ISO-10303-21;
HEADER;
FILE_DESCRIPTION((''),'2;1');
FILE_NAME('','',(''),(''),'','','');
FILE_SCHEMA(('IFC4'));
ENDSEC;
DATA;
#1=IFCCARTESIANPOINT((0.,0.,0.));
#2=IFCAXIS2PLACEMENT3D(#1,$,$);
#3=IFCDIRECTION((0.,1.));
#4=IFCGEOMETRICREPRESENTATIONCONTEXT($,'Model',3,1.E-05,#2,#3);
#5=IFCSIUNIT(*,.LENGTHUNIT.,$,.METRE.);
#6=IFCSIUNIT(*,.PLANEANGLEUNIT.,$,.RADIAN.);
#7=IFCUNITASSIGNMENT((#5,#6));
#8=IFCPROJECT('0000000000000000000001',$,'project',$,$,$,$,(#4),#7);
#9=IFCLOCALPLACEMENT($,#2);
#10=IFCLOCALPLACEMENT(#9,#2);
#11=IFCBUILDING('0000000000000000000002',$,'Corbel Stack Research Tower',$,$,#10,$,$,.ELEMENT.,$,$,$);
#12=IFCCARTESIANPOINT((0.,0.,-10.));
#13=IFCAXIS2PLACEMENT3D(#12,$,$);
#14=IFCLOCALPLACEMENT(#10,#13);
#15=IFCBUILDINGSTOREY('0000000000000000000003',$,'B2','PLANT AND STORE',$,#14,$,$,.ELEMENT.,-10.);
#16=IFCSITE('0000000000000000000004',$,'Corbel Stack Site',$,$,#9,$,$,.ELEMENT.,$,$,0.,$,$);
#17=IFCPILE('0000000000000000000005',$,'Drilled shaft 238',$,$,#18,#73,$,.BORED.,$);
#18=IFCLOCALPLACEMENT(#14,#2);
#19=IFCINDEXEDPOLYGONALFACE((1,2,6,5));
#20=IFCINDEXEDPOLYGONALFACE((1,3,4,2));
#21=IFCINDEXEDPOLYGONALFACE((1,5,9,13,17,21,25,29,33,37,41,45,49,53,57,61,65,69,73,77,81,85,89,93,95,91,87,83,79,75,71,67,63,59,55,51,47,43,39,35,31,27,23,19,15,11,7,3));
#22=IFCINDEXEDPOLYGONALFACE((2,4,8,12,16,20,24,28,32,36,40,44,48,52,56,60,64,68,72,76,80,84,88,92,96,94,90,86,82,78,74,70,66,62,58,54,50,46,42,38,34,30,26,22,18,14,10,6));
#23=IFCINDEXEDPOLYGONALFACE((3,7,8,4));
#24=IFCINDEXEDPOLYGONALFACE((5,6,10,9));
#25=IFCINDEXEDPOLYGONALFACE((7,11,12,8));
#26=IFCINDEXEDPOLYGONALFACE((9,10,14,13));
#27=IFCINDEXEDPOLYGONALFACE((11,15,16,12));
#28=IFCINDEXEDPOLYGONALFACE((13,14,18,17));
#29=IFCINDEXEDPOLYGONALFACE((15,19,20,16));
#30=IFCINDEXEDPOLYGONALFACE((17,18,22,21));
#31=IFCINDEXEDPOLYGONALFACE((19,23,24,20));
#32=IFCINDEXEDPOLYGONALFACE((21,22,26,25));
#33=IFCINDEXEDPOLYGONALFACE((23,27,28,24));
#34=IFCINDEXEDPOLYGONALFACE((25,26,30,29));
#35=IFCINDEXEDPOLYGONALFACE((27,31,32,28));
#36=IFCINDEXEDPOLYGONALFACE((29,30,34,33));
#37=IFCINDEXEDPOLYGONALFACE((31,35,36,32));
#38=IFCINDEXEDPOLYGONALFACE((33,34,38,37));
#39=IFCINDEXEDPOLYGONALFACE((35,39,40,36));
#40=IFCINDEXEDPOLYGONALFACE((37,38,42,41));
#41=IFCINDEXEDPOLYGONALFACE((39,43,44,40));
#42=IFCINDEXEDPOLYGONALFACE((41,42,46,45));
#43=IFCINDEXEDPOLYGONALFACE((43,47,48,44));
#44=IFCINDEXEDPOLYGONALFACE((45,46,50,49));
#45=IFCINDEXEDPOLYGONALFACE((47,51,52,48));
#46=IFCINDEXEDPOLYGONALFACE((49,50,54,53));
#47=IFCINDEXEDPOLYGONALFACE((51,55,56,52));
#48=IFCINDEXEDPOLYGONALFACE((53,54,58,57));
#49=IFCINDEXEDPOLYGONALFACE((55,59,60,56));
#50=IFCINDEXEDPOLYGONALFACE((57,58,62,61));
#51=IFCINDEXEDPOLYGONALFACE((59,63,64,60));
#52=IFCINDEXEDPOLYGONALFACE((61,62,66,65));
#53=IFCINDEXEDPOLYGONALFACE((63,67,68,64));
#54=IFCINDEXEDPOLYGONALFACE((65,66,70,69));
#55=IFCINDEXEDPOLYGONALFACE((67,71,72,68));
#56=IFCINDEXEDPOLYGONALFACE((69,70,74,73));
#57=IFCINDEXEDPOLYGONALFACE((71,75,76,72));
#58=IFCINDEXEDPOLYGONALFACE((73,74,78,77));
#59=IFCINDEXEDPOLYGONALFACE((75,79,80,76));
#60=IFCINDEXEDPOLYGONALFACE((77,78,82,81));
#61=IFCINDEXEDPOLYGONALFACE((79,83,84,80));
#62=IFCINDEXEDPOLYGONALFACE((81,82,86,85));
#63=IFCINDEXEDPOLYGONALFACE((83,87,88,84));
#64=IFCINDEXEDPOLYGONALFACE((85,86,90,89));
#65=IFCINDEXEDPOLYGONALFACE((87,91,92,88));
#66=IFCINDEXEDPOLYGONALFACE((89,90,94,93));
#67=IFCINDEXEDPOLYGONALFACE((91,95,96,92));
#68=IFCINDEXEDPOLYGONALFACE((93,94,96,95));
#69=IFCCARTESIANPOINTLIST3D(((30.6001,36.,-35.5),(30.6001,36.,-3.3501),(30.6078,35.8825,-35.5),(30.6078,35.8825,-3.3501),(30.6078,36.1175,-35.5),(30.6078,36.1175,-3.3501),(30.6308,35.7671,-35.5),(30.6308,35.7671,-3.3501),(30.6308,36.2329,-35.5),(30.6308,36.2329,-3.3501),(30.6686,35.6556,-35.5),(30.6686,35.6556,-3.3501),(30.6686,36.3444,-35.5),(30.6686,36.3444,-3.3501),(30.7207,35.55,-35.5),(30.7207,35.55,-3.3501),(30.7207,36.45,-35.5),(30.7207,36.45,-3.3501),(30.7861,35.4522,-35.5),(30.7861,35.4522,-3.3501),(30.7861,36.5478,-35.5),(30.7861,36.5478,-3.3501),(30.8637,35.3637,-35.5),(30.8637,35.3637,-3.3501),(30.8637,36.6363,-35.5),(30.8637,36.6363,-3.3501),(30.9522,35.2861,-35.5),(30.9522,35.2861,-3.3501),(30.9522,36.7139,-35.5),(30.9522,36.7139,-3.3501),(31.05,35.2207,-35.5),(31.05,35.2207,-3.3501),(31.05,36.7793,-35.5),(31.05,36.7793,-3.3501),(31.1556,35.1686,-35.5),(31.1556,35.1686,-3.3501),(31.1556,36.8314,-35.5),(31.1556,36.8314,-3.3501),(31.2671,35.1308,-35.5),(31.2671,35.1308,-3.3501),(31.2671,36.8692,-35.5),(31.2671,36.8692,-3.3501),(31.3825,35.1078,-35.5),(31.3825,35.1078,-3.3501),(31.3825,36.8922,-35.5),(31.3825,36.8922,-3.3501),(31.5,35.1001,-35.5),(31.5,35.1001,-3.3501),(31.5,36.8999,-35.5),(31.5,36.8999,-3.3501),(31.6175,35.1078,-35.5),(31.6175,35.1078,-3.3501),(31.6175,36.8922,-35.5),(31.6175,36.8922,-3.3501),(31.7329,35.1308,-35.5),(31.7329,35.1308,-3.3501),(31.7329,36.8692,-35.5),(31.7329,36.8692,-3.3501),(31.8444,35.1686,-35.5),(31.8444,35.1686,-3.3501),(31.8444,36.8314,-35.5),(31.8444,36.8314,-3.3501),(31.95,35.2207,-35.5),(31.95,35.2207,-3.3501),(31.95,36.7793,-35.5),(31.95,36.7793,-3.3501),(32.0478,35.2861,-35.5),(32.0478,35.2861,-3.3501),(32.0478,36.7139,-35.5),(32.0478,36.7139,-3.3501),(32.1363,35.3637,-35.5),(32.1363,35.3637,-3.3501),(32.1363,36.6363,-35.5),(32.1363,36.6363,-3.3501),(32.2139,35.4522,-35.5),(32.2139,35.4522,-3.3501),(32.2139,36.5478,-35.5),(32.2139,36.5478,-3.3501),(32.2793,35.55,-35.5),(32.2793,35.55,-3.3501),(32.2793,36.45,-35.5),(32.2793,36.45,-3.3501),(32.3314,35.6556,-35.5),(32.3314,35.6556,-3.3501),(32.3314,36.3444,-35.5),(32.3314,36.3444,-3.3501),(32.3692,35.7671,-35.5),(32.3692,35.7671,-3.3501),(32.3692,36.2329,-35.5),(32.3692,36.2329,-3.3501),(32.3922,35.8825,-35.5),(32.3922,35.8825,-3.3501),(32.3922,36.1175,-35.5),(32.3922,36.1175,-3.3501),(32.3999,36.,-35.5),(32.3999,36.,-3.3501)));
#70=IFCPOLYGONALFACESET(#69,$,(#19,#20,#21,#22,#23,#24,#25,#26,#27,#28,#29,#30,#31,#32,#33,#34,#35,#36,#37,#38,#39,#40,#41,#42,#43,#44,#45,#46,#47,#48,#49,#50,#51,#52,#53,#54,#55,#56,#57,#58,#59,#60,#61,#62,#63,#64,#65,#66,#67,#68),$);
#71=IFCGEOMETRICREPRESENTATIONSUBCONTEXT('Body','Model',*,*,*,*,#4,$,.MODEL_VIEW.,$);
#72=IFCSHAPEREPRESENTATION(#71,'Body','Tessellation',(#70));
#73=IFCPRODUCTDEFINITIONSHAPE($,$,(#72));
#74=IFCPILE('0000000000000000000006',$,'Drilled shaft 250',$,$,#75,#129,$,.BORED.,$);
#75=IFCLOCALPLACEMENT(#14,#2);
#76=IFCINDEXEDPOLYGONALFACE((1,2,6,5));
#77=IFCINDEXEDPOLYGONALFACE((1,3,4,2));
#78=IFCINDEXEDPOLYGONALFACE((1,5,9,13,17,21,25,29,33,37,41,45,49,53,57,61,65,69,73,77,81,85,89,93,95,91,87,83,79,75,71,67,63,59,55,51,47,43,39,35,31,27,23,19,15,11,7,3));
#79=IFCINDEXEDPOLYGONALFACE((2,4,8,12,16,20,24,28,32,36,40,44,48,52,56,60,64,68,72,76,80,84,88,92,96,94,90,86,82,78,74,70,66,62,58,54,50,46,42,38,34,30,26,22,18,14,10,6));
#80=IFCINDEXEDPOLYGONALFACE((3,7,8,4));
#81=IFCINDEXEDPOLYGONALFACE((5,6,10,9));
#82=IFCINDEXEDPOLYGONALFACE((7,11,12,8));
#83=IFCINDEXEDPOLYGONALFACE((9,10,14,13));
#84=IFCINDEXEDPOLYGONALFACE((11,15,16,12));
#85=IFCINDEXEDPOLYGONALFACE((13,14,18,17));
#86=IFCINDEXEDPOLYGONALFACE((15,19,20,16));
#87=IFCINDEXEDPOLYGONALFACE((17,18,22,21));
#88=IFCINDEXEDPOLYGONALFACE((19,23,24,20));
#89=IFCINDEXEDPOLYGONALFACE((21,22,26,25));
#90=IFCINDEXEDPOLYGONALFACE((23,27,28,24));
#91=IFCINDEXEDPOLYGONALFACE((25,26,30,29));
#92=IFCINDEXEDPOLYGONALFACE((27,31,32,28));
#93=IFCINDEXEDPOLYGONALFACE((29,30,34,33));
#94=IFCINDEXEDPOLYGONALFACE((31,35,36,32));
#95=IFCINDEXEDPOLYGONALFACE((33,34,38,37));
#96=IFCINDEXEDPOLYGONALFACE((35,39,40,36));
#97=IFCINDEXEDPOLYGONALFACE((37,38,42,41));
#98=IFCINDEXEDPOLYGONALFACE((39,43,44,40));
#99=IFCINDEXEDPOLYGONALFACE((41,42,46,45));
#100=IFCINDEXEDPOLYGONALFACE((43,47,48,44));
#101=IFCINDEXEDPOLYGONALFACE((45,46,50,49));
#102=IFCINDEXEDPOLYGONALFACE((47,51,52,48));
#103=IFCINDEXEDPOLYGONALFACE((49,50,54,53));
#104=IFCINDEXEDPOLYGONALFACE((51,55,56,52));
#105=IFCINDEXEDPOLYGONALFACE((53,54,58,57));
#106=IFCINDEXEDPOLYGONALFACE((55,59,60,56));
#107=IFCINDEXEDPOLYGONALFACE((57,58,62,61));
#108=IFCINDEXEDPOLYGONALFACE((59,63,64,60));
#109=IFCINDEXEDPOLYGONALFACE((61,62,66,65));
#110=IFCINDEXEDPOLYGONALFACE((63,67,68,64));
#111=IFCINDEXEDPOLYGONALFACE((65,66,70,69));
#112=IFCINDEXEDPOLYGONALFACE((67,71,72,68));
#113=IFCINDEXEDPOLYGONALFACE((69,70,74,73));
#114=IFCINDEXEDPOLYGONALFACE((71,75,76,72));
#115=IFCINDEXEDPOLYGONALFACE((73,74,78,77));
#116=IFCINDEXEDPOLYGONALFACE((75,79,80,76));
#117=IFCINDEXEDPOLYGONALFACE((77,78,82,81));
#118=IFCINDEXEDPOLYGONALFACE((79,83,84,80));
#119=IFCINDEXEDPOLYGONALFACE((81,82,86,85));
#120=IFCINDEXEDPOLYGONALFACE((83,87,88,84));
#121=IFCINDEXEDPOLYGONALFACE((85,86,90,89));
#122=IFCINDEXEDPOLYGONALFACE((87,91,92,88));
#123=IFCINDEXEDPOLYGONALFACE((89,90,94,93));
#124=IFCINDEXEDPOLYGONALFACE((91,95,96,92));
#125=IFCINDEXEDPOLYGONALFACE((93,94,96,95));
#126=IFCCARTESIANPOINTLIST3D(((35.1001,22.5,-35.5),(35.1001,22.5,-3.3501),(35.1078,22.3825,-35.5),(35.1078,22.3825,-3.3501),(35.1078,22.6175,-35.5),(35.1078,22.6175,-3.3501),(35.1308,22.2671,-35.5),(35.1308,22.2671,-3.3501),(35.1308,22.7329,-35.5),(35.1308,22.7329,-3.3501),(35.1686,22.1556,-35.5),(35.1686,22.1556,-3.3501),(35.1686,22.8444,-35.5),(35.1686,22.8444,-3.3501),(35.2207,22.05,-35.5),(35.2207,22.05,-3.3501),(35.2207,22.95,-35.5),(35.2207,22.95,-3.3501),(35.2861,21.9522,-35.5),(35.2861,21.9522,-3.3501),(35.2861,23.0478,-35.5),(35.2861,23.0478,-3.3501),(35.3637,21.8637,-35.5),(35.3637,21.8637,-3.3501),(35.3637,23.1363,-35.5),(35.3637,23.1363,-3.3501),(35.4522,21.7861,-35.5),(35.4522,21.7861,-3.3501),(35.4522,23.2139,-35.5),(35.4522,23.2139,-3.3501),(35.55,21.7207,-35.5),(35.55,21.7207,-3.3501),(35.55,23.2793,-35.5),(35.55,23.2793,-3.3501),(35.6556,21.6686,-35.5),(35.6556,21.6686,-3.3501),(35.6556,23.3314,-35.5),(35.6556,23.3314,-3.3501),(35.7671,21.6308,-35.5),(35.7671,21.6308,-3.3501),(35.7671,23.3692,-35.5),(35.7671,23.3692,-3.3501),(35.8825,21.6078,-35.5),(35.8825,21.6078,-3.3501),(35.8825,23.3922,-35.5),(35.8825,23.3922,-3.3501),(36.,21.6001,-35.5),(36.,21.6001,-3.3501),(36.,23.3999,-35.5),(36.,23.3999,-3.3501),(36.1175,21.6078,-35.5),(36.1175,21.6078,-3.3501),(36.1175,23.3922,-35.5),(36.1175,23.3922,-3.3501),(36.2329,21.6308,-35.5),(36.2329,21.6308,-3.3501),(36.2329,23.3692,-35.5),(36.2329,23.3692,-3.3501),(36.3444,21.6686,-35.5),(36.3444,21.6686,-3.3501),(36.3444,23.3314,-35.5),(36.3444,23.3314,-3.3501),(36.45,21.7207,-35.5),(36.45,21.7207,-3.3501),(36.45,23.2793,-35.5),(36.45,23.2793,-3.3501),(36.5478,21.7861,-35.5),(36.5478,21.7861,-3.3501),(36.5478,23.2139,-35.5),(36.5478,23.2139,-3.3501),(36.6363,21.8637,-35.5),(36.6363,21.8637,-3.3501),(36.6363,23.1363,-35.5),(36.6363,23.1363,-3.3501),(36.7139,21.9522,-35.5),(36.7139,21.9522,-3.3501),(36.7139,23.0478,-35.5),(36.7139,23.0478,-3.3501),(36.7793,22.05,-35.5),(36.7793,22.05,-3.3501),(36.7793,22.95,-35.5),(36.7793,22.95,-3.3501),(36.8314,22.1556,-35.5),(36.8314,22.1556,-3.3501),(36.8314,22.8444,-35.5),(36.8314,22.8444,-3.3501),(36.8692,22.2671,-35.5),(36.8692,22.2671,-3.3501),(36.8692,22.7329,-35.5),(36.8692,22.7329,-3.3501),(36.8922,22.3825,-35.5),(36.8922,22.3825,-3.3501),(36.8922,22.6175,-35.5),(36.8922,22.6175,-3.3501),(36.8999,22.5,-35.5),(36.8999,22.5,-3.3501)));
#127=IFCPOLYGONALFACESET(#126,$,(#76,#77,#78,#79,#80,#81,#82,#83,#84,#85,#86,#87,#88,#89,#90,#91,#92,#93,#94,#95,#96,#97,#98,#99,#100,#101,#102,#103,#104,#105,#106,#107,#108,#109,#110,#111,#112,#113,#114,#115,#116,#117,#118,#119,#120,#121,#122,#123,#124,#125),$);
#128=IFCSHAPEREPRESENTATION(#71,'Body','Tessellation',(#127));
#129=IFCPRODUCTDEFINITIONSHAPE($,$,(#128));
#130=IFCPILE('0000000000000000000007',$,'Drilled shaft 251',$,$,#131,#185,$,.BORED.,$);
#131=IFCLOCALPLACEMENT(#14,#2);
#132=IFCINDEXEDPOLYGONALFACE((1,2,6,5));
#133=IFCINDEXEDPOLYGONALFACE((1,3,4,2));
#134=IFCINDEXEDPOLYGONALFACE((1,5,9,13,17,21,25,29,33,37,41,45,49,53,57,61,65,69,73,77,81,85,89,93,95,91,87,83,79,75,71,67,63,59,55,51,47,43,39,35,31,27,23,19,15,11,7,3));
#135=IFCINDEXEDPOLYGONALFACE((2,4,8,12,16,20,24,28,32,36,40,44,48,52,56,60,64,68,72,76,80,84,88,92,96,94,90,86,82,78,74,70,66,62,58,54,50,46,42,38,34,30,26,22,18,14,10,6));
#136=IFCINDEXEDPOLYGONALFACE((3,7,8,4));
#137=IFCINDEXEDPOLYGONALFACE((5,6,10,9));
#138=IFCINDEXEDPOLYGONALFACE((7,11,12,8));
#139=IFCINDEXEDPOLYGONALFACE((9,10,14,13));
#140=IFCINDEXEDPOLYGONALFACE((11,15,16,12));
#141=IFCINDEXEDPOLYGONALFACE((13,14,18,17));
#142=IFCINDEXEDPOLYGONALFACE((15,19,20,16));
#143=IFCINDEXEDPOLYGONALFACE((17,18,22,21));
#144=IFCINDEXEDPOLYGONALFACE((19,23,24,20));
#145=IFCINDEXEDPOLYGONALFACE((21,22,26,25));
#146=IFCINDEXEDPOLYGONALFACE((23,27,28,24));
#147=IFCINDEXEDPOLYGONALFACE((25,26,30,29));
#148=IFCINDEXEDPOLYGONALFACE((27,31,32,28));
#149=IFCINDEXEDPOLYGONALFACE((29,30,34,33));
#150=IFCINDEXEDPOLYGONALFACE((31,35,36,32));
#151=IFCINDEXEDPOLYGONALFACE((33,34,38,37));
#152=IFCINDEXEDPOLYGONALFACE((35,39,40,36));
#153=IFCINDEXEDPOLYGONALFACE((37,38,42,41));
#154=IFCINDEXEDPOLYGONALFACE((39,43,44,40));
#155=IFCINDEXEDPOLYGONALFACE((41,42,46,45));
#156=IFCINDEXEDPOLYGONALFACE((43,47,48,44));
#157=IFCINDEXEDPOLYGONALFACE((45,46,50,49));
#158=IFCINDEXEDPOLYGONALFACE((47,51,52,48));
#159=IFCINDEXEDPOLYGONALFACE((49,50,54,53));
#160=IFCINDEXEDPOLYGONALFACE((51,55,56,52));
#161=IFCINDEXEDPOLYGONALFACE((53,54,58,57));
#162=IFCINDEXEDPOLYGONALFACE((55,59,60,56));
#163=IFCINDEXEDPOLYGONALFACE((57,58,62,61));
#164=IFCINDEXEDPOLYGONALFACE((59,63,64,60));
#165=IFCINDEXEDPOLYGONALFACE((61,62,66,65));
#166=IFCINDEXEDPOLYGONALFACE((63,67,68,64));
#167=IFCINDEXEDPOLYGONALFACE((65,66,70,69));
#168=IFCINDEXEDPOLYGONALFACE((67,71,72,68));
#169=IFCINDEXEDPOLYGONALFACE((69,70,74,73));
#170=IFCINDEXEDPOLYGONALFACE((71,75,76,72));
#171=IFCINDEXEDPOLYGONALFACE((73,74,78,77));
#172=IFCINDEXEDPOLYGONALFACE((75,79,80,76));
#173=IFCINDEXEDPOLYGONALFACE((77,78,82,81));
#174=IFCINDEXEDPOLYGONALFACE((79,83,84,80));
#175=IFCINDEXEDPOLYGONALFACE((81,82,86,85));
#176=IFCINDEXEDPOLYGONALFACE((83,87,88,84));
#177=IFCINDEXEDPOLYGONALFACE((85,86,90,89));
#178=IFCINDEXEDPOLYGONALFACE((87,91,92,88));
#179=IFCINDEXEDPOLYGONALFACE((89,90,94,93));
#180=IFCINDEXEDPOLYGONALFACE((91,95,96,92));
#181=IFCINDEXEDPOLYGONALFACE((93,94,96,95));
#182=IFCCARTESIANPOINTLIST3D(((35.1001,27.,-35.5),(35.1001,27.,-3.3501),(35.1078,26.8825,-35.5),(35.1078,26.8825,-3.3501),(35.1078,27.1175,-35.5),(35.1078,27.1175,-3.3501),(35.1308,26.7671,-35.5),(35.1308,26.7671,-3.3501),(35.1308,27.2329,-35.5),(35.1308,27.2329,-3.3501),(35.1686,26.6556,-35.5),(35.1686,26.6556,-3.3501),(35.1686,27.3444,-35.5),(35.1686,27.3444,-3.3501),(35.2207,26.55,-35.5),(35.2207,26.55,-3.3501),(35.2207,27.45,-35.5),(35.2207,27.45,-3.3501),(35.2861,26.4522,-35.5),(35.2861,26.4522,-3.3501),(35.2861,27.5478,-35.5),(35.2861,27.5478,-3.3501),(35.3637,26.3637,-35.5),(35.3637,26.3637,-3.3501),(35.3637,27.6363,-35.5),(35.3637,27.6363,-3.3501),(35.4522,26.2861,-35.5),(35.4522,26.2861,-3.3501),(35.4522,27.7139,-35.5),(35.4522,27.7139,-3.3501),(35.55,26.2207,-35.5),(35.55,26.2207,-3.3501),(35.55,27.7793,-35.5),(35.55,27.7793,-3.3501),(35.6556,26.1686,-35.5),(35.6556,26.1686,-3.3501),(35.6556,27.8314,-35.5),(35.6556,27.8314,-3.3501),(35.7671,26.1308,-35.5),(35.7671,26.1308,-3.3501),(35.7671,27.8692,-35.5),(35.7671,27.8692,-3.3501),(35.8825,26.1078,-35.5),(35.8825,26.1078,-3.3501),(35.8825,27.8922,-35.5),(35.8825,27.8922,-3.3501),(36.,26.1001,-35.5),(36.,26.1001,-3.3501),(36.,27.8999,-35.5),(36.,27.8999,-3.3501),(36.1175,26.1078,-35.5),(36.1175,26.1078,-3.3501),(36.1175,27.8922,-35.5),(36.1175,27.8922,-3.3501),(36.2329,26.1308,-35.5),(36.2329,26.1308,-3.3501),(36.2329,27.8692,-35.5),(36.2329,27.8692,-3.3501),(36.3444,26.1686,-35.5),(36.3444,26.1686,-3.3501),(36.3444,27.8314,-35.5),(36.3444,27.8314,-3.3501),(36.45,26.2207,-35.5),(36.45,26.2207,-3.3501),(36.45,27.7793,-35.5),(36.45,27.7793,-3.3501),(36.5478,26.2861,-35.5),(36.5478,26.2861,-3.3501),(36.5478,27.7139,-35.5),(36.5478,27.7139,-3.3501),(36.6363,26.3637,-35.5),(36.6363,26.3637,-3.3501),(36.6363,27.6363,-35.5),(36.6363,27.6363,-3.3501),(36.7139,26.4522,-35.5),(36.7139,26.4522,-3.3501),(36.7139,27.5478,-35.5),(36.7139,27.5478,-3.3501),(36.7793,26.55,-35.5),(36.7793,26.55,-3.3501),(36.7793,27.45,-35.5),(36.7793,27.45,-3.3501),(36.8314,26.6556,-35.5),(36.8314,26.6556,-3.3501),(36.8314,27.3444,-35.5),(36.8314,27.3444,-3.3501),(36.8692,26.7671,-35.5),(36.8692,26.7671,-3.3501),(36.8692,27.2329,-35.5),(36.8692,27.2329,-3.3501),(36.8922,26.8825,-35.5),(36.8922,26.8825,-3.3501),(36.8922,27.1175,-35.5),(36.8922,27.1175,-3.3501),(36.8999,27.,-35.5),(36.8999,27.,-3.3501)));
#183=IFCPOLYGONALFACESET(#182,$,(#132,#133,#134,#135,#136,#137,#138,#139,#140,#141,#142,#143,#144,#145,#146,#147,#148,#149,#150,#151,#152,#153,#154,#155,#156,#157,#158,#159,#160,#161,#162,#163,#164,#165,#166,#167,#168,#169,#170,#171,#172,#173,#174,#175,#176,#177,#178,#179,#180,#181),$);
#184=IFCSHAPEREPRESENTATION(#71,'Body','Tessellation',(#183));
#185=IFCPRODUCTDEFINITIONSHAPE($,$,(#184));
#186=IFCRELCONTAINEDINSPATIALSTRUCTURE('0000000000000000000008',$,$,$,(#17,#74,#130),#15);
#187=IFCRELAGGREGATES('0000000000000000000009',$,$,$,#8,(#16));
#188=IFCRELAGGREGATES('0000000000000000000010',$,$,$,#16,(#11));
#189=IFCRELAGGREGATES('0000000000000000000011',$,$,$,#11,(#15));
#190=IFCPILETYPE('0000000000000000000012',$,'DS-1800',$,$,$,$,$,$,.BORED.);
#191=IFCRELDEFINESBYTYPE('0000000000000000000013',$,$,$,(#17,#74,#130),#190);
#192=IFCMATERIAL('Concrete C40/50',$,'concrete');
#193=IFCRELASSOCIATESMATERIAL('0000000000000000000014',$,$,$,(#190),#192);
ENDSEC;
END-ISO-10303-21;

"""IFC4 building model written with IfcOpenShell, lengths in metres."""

from ifc_helpers import new_model, si_unit, direction, frame, origin, origin_2d, place, context, subcontext, project, spatial, circle, extrude, material, material_profile, profile_set, type_object, element, save


model = new_model("IFC4")

# Units and contexts
model_context = context("Model", 3, precision=1e-05, world=origin(), true_north=direction((0.0, 1.0)))
body_context = subcontext(model_context, "Body", "Model", "MODEL_VIEW")
ifc_project = project(units=[si_unit("LENGTHUNIT", "METRE"), si_unit("PLANEANGLEUNIT", "RADIAN")], contexts=[model_context])

# Site, building, storey
site_placement = place(None, origin())
site = spatial("IfcSite", under=ifc_project, at=site_placement, Name="Corbel Stack Site", CompositionType="ELEMENT", RefElevation=0.0)
building_placement = place(site_placement, origin())
building = spatial("IfcBuilding", under=site, at=building_placement, Name="Corbel Stack Research Tower", CompositionType="ELEMENT")
storey_placement = place(building_placement, frame((0.0, 0.0, -10.0)))
storey = spatial("IfcBuildingStorey", under=building, at=storey_placement, Name="B2", Description="PLANT AND STORE", CompositionType="ELEMENT", Elevation=-10.0)

# Piles
ifc_material_1 = material(Name="Concrete C40/50", Category="concrete")
ifc_material_profile_1 = material_profile(ifc_material_1, circle(Radius=0.8999, at=origin_2d()), Name="Shaft 1800")
ifc_profile_set_1 = profile_set([ifc_material_profile_1], Name="Concrete C40/50")
pile_type = type_object("IfcPileType", Name="DS-1800", PredefinedType="BORED", material=ifc_profile_set_1)
for number, where, z_axis, x_axis, name in (
    (1, (31.5, 36.0, -3.3501), (0.0, 0.0, -1.0), (1.0, 0.0, 0.0), "Drilled shaft 238"),
    (2, (36.0, 22.5, -3.3501), (0.0, 0.0, -1.0), (1.0, 0.0, 0.0), "Drilled shaft 250"),
    (3, (36.0, 27.0, -3.3501), (0.0, 0.0, -1.0), (1.0, 0.0, 0.0), "Drilled shaft 251"),
):
    element("IfcPile", number, at=place(storey_placement, frame(where, z_axis=z_axis, x_axis=x_axis)), inside=storey, type_object=pile_type, Name=name, PredefinedType="BORED", context=body_context, shape_type="SweptSolid", body=[
        extrude(circle(Radius=0.8999, at=origin_2d()), origin(), (0.0, 0.0, 1.0), 32.1499),
    ])

save(model, "model.ifc")
